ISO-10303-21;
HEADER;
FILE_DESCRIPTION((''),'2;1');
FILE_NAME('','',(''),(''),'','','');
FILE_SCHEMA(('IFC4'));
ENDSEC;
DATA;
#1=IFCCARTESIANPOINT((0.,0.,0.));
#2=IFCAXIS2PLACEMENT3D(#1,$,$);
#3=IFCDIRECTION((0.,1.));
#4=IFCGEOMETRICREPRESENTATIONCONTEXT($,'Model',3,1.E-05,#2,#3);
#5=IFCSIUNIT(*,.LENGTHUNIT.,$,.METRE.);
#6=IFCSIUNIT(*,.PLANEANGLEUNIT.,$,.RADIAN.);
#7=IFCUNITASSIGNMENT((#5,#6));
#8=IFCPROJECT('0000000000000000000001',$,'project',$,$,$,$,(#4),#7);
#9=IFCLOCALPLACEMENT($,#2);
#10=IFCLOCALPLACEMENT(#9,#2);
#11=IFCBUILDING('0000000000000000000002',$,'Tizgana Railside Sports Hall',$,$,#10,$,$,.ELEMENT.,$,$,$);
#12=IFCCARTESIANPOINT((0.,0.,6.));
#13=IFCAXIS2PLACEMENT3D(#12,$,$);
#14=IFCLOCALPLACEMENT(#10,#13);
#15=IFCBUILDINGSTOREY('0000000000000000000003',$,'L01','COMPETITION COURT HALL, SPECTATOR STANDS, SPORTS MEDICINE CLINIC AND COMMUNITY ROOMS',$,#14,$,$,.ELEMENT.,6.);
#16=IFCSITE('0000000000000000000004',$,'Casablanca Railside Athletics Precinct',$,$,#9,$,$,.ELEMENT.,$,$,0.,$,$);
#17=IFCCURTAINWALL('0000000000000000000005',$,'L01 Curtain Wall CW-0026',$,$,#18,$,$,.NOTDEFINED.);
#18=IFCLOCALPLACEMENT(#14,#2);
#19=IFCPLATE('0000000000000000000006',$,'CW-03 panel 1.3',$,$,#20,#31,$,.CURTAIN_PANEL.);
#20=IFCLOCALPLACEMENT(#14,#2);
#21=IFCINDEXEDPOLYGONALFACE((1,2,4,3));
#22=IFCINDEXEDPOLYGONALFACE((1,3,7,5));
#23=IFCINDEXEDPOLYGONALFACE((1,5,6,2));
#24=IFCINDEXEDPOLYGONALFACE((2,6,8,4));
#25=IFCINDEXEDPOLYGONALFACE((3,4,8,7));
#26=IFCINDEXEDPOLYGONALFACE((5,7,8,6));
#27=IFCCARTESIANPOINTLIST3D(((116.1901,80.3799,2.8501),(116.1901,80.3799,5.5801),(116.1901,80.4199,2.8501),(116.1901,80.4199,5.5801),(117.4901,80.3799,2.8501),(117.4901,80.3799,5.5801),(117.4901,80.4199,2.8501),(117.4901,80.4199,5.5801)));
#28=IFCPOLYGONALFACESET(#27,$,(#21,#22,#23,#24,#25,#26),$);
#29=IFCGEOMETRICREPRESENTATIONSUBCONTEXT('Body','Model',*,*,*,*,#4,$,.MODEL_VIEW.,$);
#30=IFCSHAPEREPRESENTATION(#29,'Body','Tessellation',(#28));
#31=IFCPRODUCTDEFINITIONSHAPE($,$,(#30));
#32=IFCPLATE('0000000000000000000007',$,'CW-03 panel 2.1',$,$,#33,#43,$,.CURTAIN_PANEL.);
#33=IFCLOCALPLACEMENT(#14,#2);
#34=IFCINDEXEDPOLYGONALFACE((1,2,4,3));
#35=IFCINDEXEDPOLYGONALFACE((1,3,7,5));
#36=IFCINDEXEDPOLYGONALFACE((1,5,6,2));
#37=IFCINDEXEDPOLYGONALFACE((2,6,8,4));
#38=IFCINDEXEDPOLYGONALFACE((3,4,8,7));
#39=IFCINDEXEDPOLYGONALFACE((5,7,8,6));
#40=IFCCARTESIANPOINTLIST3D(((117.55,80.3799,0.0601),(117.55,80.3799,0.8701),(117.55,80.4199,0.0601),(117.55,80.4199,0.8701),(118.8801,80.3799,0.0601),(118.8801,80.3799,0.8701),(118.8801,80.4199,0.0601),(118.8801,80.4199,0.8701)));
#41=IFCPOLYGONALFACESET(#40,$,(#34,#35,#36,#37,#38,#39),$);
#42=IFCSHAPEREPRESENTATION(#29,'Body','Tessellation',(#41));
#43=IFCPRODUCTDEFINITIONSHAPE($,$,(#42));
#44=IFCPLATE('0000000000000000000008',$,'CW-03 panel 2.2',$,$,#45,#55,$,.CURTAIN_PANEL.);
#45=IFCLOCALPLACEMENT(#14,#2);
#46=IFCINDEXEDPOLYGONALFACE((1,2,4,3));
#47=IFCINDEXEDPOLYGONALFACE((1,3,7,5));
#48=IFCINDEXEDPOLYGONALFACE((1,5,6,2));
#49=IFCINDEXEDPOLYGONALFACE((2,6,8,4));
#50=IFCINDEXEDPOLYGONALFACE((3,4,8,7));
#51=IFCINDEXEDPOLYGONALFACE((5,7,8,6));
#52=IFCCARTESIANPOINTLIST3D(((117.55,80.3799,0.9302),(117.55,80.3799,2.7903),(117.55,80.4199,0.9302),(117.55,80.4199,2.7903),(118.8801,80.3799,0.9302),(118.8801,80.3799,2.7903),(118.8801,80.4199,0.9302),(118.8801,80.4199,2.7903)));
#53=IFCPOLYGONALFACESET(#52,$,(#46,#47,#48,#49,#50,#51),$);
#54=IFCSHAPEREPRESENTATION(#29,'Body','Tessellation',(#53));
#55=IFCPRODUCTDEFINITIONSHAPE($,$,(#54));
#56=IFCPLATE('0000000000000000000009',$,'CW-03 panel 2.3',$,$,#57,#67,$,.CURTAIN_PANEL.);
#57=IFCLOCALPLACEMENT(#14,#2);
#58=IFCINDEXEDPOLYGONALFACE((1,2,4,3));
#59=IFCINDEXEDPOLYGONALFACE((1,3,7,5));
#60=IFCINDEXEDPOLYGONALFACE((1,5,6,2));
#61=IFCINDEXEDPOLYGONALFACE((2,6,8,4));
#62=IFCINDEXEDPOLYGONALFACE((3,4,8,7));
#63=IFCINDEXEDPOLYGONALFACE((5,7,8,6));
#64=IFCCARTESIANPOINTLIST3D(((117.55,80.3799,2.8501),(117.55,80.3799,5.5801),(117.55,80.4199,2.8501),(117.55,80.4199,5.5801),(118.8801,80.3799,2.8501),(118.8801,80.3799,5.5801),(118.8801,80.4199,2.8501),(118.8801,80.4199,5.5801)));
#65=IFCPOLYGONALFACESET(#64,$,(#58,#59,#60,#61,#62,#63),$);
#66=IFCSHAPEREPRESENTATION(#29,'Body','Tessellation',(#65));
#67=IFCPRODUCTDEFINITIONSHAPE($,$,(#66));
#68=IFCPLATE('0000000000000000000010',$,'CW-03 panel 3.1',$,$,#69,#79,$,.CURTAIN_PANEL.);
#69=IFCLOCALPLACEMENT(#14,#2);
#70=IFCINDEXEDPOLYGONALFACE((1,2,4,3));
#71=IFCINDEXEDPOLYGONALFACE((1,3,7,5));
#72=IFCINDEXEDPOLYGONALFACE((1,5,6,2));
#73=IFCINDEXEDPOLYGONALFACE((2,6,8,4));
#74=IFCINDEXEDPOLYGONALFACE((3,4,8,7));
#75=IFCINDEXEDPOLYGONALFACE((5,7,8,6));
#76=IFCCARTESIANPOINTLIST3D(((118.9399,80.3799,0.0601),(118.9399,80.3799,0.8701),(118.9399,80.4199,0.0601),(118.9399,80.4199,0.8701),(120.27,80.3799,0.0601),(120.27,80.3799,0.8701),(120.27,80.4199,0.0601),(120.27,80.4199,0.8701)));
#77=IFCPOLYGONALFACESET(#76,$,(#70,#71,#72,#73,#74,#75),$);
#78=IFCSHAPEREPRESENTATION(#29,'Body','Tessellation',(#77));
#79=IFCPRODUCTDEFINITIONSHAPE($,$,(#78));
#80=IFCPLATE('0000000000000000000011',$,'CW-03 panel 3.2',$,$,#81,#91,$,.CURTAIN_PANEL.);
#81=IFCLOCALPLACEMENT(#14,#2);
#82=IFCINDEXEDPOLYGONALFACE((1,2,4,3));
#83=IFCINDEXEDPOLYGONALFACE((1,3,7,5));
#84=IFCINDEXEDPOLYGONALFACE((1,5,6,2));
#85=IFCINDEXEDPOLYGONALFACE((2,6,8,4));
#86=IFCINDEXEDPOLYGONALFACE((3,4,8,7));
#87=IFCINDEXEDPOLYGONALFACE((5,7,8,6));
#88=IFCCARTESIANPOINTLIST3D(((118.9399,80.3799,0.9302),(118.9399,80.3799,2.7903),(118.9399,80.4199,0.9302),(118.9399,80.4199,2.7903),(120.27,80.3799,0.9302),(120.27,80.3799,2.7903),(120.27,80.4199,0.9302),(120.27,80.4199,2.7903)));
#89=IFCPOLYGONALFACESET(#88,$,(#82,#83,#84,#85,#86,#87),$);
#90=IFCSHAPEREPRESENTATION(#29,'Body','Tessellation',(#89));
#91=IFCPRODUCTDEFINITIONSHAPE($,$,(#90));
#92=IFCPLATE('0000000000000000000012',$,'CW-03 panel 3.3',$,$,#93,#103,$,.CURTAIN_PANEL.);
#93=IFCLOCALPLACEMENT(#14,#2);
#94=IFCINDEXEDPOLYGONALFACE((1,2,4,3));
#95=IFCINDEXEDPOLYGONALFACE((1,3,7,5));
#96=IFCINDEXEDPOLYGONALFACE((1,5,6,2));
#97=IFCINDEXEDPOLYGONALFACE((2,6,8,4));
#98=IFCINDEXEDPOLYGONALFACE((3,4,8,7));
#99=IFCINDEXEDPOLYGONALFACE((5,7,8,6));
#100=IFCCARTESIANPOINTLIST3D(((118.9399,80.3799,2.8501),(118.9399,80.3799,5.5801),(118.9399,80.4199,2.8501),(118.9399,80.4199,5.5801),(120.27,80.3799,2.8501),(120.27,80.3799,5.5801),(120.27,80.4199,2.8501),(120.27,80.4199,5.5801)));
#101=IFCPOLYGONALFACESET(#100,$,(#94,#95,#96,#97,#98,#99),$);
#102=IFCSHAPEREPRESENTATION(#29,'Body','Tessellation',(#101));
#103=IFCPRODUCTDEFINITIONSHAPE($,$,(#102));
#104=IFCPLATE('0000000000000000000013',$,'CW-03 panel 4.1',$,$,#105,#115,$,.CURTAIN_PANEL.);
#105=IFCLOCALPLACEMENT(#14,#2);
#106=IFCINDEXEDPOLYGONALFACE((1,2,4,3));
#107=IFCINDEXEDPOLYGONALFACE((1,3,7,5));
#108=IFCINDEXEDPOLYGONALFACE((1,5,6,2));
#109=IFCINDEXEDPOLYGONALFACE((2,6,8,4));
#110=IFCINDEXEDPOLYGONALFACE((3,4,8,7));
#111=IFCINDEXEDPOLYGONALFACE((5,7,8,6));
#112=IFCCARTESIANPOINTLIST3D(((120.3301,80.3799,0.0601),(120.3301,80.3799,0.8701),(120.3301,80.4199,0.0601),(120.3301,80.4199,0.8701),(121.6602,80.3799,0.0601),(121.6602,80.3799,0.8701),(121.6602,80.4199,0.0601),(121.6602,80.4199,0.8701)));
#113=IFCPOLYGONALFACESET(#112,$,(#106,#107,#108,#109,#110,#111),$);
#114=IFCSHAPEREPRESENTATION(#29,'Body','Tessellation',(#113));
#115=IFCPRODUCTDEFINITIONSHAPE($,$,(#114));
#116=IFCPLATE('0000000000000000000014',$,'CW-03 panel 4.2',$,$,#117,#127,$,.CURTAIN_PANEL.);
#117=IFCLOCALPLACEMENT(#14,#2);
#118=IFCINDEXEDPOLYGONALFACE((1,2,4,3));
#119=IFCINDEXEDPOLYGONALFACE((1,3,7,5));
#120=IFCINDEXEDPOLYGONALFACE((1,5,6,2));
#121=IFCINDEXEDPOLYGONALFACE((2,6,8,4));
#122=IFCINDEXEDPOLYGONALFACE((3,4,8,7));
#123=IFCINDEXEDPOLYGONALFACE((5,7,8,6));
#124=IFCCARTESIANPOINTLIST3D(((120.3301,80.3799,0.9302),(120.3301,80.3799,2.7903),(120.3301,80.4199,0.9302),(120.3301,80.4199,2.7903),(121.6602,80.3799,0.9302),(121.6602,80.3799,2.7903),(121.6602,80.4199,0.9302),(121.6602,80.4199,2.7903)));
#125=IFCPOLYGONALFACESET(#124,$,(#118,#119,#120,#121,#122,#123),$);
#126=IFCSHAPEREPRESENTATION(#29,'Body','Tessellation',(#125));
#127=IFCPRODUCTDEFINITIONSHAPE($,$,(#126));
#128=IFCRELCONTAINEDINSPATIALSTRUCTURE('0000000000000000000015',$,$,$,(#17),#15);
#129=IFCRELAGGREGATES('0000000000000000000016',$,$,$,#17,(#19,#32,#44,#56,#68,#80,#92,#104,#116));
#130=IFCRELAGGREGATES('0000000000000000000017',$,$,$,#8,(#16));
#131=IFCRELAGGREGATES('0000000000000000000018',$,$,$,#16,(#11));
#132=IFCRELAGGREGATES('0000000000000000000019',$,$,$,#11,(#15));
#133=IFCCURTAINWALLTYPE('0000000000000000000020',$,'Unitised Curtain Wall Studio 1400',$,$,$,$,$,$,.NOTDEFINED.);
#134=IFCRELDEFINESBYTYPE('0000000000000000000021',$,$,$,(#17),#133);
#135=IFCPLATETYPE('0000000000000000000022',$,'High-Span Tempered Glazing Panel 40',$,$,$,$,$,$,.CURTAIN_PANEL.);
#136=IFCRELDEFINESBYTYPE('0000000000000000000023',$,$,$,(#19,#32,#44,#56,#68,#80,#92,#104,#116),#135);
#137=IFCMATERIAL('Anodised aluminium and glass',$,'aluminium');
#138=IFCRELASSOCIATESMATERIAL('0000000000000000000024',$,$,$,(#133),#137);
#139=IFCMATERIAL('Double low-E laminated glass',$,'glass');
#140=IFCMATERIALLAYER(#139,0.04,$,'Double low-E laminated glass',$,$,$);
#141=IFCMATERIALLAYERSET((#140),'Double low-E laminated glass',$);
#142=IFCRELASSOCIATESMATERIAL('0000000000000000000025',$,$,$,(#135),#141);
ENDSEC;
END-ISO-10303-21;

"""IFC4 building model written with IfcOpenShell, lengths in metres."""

from ifc_helpers import new_model, si_unit, direction, frame, origin, origin_2d, place, context, subcontext, project, spatial, rectangle, extrude, material, layer, layer_set, type_object, element, aggregate, save


model = new_model("IFC4")

# Units and contexts
model_context = context("Model", 3, precision=1e-05, world=origin(), true_north=direction((0.0, 1.0)))
body_context = subcontext(model_context, "Body", "Model", "MODEL_VIEW")
ifc_project = project(units=[si_unit("LENGTHUNIT", "METRE"), si_unit("PLANEANGLEUNIT", "RADIAN")], contexts=[model_context])

# Site, building, storey
site_placement = place(None, origin())
site = spatial("IfcSite", under=ifc_project, at=site_placement, Name="Casablanca Railside Athletics Precinct", CompositionType="ELEMENT", RefElevation=0.0)
building_placement = place(site_placement, origin())
building = spatial("IfcBuilding", under=site, at=building_placement, Name="Tizgana Railside Sports Hall", CompositionType="ELEMENT")
storey_placement = place(building_placement, frame((0.0, 0.0, 6.0)))
storey = spatial("IfcBuildingStorey", under=building, at=storey_placement, Name="L01", Description="COMPETITION COURT HALL, SPECTATOR STANDS, SPORTS MEDICINE CLINIC AND COMMUNITY ROOMS", CompositionType="ELEMENT", Elevation=6.0)

# Curtain wall
ifc_material_1 = material(Name="Anodised aluminium and glass", Category="aluminium")
curtain_wall_type = type_object("IfcCurtainWallType", Name="Unitised Curtain Wall Studio 1400", PredefinedType="NOTDEFINED", material=ifc_material_1)
curtain_wall_placement = place(storey_placement, origin())
curtain_wall = element("IfcCurtainWall", 1, at=curtain_wall_placement, inside=storey, type_object=curtain_wall_type, Name="L01 Curtain Wall CW-0026", PredefinedType="NOTDEFINED")

# Plates
ifc_material_2 = material(Name="Double low-E laminated glass", Category="glass")
ifc_layer = layer(ifc_material_2, 0.04, Name="Double low-E laminated glass")
ifc_layer_set = layer_set([ifc_layer], Name="Double low-E laminated glass")
plate_type = type_object("IfcPlateType", Name="High-Span Tempered Glazing Panel 40", PredefinedType="CURTAIN_PANEL", material=ifc_layer_set)
plate_1_placement = place(storey_placement, frame((116.8401, 80.3999, 2.8501), z_axis=(0.0, 0.0, 1.0), x_axis=(1.0, 0.0, 0.0)))
plate_1 = element("IfcPlate", 2, at=plate_1_placement, type_object=plate_type, Name="CW-03 panel 1.3", PredefinedType="CURTAIN_PANEL", context=body_context, shape_type="SweptSolid", body=[
    extrude(rectangle(XDim=1.3, YDim=0.04, at=origin_2d()), origin(), (0.0, 0.0, 1.0), 2.73),
])
plate_2_placement = place(storey_placement, frame((118.2151, 80.3999, 0.0601), z_axis=(0.0, 0.0, 1.0), x_axis=(1.0, 0.0, 0.0)))
plate_2 = element("IfcPlate", 3, at=plate_2_placement, type_object=plate_type, Name="CW-03 panel 2.1", PredefinedType="CURTAIN_PANEL", context=body_context, shape_type="SweptSolid", body=[
    extrude(rectangle(XDim=1.3301, YDim=0.04, at=origin_2d()), origin(), (0.0, 0.0, 1.0), 0.8101),
])
plate_3_placement = place(storey_placement, frame((118.2151, 80.3999, 0.9302), z_axis=(0.0, 0.0, 1.0), x_axis=(1.0, 0.0, 0.0)))
plate_3 = element("IfcPlate", 4, at=plate_3_placement, type_object=plate_type, Name="CW-03 panel 2.2", PredefinedType="CURTAIN_PANEL", context=body_context, shape_type="SweptSolid", body=[
    extrude(rectangle(XDim=1.3301, YDim=0.04, at=origin_2d()), origin(), (0.0, 0.0, 1.0), 1.8601),
])
plate_4_placement = place(storey_placement, frame((118.2151, 80.3999, 2.8501), z_axis=(0.0, 0.0, 1.0), x_axis=(1.0, 0.0, 0.0)))
plate_4 = element("IfcPlate", 5, at=plate_4_placement, type_object=plate_type, Name="CW-03 panel 2.3", PredefinedType="CURTAIN_PANEL", context=body_context, shape_type="SweptSolid", body=[
    extrude(rectangle(XDim=1.3301, YDim=0.04, at=origin_2d()), origin(), (0.0, 0.0, 1.0), 2.73),
])
plate_5_placement = place(storey_placement, frame((119.605, 80.3999, 0.0601), z_axis=(0.0, 0.0, 1.0), x_axis=(1.0, 0.0, 0.0)))
plate_5 = element("IfcPlate", 6, at=plate_5_placement, type_object=plate_type, Name="CW-03 panel 3.1", PredefinedType="CURTAIN_PANEL", context=body_context, shape_type="SweptSolid", body=[
    extrude(rectangle(XDim=1.3301, YDim=0.04, at=origin_2d()), origin(), (0.0, 0.0, 1.0), 0.8101),
])
plate_6_placement = place(storey_placement, frame((119.605, 80.3999, 0.9302), z_axis=(0.0, 0.0, 1.0), x_axis=(1.0, 0.0, 0.0)))
plate_6 = element("IfcPlate", 7, at=plate_6_placement, type_object=plate_type, Name="CW-03 panel 3.2", PredefinedType="CURTAIN_PANEL", context=body_context, shape_type="SweptSolid", body=[
    extrude(rectangle(XDim=1.3301, YDim=0.04, at=origin_2d()), origin(), (0.0, 0.0, 1.0), 1.8601),
])
plate_7_placement = place(storey_placement, frame((119.605, 80.3999, 2.8501), z_axis=(0.0, 0.0, 1.0), x_axis=(1.0, 0.0, 0.0)))
plate_7 = element("IfcPlate", 8, at=plate_7_placement, type_object=plate_type, Name="CW-03 panel 3.3", PredefinedType="CURTAIN_PANEL", context=body_context, shape_type="SweptSolid", body=[
    extrude(rectangle(XDim=1.3301, YDim=0.04, at=origin_2d()), origin(), (0.0, 0.0, 1.0), 2.73),
])
plate_8_placement = place(storey_placement, frame((120.9951, 80.3999, 0.0601), z_axis=(0.0, 0.0, 1.0), x_axis=(1.0, 0.0, 0.0)))
plate_8 = element("IfcPlate", 9, at=plate_8_placement, type_object=plate_type, Name="CW-03 panel 4.1", PredefinedType="CURTAIN_PANEL", context=body_context, shape_type="SweptSolid", body=[
    extrude(rectangle(XDim=1.3301, YDim=0.04, at=origin_2d()), origin(), (0.0, 0.0, 1.0), 0.8101),
])
plate_9_placement = place(storey_placement, frame((120.9951, 80.3999, 0.9302), z_axis=(0.0, 0.0, 1.0), x_axis=(1.0, 0.0, 0.0)))
plate_9 = element("IfcPlate", 10, at=plate_9_placement, type_object=plate_type, Name="CW-03 panel 4.2", PredefinedType="CURTAIN_PANEL", context=body_context, shape_type="SweptSolid", body=[
    extrude(rectangle(XDim=1.3301, YDim=0.04, at=origin_2d()), origin(), (0.0, 0.0, 1.0), 1.8601),
])
aggregate(curtain_wall, [plate_1, plate_2, plate_3, plate_4, plate_5, plate_6, plate_7, plate_8, plate_9])

save(model, "model.ifc")
